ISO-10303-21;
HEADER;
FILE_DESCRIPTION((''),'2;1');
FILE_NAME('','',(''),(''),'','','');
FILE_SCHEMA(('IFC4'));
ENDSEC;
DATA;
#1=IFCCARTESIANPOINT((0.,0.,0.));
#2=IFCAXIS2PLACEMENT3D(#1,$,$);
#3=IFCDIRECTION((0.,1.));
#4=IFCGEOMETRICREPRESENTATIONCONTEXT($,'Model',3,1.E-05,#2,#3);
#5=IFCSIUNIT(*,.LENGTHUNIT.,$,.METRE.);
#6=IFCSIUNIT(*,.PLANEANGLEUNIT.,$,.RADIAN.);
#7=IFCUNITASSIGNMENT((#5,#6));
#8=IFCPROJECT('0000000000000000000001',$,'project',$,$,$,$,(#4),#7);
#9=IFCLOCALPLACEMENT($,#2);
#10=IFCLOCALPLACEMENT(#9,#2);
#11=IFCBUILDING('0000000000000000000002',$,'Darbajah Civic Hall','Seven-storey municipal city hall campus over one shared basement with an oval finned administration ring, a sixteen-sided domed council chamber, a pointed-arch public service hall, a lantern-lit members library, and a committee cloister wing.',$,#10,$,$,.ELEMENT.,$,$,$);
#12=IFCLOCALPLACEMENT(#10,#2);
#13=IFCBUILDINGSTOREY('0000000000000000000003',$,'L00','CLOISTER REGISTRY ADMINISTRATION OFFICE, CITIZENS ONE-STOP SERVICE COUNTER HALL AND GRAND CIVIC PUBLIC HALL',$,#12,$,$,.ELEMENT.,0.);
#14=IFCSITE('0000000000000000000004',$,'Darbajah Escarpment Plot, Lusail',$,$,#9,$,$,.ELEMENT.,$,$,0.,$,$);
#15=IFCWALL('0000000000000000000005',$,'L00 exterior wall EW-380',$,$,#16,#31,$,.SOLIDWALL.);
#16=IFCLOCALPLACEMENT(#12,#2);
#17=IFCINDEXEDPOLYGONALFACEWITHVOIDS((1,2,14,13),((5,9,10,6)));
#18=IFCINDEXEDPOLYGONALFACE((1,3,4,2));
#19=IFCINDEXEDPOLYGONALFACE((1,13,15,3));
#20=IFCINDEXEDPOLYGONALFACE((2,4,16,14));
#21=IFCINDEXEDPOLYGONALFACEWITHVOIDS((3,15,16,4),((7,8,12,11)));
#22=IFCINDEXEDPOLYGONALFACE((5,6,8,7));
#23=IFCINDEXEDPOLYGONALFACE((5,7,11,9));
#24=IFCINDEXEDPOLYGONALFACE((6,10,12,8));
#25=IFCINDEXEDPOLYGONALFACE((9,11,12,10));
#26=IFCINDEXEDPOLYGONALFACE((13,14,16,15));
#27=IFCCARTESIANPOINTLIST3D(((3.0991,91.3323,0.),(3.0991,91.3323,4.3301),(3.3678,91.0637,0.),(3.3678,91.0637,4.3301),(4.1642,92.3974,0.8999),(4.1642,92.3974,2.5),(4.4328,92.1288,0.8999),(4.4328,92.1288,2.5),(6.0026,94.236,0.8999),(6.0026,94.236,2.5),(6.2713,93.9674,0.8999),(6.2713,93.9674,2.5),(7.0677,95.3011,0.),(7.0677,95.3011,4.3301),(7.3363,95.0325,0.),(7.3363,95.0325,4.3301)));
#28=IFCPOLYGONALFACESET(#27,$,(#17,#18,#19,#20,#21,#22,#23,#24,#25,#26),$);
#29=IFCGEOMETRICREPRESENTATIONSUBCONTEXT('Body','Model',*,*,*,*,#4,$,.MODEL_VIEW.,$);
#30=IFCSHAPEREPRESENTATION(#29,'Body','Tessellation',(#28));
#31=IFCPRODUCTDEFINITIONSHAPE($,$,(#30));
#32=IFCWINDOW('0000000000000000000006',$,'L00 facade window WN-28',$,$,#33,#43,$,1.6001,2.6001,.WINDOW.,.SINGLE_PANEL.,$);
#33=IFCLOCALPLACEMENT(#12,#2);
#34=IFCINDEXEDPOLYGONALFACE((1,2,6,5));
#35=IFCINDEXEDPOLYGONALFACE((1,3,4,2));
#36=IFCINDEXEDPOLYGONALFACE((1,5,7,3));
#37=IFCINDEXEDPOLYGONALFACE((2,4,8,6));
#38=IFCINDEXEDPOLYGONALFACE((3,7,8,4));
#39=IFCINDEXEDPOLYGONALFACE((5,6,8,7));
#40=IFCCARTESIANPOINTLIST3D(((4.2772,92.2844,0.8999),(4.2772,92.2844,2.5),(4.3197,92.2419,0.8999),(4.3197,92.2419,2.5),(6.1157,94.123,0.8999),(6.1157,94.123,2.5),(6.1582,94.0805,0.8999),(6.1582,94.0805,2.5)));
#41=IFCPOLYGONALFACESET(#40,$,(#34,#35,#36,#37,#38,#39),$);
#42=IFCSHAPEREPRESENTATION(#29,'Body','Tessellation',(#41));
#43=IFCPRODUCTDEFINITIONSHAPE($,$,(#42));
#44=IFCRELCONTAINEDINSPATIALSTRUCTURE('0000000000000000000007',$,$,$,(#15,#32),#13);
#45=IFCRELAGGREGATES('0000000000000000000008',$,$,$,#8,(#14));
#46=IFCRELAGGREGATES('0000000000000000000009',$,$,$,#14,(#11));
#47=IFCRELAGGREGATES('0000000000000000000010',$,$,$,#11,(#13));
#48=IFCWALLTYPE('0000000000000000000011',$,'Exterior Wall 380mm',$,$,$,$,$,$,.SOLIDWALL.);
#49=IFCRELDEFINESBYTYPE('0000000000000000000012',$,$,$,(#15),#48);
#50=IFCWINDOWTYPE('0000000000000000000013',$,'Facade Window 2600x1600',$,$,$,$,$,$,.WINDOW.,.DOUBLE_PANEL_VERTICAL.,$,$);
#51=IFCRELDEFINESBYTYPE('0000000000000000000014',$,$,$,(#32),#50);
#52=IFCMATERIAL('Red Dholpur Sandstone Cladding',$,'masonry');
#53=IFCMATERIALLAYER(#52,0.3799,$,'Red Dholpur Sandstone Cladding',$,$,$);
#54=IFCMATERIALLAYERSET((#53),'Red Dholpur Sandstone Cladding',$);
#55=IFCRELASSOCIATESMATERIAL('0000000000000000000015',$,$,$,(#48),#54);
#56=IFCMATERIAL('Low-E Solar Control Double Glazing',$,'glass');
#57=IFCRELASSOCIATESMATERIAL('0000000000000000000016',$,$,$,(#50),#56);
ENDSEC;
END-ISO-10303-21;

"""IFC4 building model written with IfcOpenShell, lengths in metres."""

from ifc_helpers import new_model, si_unit, direction, frame, frame_2d, origin, place, context, subcontext, project, spatial, rectangle, extrude, material, layer, layer_set, type_object, element, fill, save


model = new_model("IFC4")

# Units and contexts
model_context = context("Model", 3, precision=1e-05, world=origin(), true_north=direction((0.0, 1.0)))
body_context = subcontext(model_context, "Body", "Model", "MODEL_VIEW")
ifc_project = project(units=[si_unit("LENGTHUNIT", "METRE"), si_unit("PLANEANGLEUNIT", "RADIAN")], contexts=[model_context])

# Site, building, storey
site_placement = place(None, origin())
site = spatial("IfcSite", under=ifc_project, at=site_placement, Name="Darbajah Escarpment Plot, Lusail", CompositionType="ELEMENT", RefElevation=0.0)
building_placement = place(site_placement, origin())
building = spatial("IfcBuilding", under=site, at=building_placement, Name="Darbajah Civic Hall", Description="Seven-storey municipal city hall campus over one shared basement with an oval finned administration ring, a sixteen-sided domed council chamber, a pointed-arch public service hall, a lantern-lit members library, and a committee cloister wing.", CompositionType="ELEMENT")
storey_placement = place(building_placement, origin())
storey = spatial("IfcBuildingStorey", under=building, at=storey_placement, Name="L00", Description="CLOISTER REGISTRY ADMINISTRATION OFFICE, CITIZENS ONE-STOP SERVICE COUNTER HALL AND GRAND CIVIC PUBLIC HALL", CompositionType="ELEMENT", Elevation=0.0)

# Shared definitions
ifc_material_1 = material(Name="Red Dholpur Sandstone Cladding", Category="masonry")
ifc_layer_1 = layer(ifc_material_1, 0.3799, Name="Red Dholpur Sandstone Cladding")
ifc_layer_set_1 = layer_set([ifc_layer_1], Name="Red Dholpur Sandstone Cladding")
wall_type_1 = type_object("IfcWallType", Name="Exterior Wall 380mm", PredefinedType="SOLIDWALL", material=ifc_layer_set_1)
ifc_material_2 = material(Name="Low-E Solar Control Double Glazing", Category="glass")

# Wall, opening, window
wall_1_placement = place(storey_placement, frame((7.2019, 95.1667, 0.0), z_axis=(0.0, 0.0, 1.0), x_axis=(-0.707085, -0.707129, 0.0)))
wall_1 = element("IfcWall", 1, at=wall_1_placement, inside=storey, type_object=wall_type_1, Name="L00 exterior wall EW-380", PredefinedType="SOLIDWALL", context=body_context, shape_type="SweptSolid", body=[
    extrude(rectangle(XDim=5.6125, YDim=0.3799, at=frame_2d((2.8062, 0.0))), origin(), (0.0, 0.0, 1.0), 4.3301),
])
opening_1_placement = place(wall_1_placement, frame((1.5061, 0.0, 0.8999)))
opening_1 = element("IfcOpeningElement", 2, at=opening_1_placement, cuts=wall_1, PredefinedType="OPENING", context=body_context, shape_type="SweptSolid", body=[
    extrude(rectangle(XDim=2.6001, YDim=1.6001, at=frame_2d((1.3, 0.8))), frame((0.0, 0.2, 0.0), z_axis=(0.0, -1.0, 0.0), x_axis=(1.0, 0.0, 0.0)), (0.0, 0.0, 1.0), 0.3999),
])
window_type_1 = type_object("IfcWindowType", Name="Facade Window 2600x1600", PartitioningType="DOUBLE_PANEL_VERTICAL", PredefinedType="WINDOW", material=ifc_material_2)
window_1_placement = place(opening_1_placement, origin())
window_1 = element("IfcWindow", 3, at=window_1_placement, inside=storey, type_object=window_type_1, Name="L00 facade window WN-28", OverallHeight=1.6001, OverallWidth=2.6001, PartitioningType="SINGLE_PANEL", PredefinedType="WINDOW", context=body_context, shape_type="SweptSolid", body=[
    extrude(rectangle(XDim=2.6001, YDim=1.6001, at=frame_2d((1.3, 0.8))), frame((0.0, 0.03, 0.0), z_axis=(0.0, -1.0, 0.0), x_axis=(1.0, 0.0, 0.0)), (0.0, 0.0, 1.0), 0.0601),
])
fill(opening_1, window_1)

save(model, "model.ifc")
